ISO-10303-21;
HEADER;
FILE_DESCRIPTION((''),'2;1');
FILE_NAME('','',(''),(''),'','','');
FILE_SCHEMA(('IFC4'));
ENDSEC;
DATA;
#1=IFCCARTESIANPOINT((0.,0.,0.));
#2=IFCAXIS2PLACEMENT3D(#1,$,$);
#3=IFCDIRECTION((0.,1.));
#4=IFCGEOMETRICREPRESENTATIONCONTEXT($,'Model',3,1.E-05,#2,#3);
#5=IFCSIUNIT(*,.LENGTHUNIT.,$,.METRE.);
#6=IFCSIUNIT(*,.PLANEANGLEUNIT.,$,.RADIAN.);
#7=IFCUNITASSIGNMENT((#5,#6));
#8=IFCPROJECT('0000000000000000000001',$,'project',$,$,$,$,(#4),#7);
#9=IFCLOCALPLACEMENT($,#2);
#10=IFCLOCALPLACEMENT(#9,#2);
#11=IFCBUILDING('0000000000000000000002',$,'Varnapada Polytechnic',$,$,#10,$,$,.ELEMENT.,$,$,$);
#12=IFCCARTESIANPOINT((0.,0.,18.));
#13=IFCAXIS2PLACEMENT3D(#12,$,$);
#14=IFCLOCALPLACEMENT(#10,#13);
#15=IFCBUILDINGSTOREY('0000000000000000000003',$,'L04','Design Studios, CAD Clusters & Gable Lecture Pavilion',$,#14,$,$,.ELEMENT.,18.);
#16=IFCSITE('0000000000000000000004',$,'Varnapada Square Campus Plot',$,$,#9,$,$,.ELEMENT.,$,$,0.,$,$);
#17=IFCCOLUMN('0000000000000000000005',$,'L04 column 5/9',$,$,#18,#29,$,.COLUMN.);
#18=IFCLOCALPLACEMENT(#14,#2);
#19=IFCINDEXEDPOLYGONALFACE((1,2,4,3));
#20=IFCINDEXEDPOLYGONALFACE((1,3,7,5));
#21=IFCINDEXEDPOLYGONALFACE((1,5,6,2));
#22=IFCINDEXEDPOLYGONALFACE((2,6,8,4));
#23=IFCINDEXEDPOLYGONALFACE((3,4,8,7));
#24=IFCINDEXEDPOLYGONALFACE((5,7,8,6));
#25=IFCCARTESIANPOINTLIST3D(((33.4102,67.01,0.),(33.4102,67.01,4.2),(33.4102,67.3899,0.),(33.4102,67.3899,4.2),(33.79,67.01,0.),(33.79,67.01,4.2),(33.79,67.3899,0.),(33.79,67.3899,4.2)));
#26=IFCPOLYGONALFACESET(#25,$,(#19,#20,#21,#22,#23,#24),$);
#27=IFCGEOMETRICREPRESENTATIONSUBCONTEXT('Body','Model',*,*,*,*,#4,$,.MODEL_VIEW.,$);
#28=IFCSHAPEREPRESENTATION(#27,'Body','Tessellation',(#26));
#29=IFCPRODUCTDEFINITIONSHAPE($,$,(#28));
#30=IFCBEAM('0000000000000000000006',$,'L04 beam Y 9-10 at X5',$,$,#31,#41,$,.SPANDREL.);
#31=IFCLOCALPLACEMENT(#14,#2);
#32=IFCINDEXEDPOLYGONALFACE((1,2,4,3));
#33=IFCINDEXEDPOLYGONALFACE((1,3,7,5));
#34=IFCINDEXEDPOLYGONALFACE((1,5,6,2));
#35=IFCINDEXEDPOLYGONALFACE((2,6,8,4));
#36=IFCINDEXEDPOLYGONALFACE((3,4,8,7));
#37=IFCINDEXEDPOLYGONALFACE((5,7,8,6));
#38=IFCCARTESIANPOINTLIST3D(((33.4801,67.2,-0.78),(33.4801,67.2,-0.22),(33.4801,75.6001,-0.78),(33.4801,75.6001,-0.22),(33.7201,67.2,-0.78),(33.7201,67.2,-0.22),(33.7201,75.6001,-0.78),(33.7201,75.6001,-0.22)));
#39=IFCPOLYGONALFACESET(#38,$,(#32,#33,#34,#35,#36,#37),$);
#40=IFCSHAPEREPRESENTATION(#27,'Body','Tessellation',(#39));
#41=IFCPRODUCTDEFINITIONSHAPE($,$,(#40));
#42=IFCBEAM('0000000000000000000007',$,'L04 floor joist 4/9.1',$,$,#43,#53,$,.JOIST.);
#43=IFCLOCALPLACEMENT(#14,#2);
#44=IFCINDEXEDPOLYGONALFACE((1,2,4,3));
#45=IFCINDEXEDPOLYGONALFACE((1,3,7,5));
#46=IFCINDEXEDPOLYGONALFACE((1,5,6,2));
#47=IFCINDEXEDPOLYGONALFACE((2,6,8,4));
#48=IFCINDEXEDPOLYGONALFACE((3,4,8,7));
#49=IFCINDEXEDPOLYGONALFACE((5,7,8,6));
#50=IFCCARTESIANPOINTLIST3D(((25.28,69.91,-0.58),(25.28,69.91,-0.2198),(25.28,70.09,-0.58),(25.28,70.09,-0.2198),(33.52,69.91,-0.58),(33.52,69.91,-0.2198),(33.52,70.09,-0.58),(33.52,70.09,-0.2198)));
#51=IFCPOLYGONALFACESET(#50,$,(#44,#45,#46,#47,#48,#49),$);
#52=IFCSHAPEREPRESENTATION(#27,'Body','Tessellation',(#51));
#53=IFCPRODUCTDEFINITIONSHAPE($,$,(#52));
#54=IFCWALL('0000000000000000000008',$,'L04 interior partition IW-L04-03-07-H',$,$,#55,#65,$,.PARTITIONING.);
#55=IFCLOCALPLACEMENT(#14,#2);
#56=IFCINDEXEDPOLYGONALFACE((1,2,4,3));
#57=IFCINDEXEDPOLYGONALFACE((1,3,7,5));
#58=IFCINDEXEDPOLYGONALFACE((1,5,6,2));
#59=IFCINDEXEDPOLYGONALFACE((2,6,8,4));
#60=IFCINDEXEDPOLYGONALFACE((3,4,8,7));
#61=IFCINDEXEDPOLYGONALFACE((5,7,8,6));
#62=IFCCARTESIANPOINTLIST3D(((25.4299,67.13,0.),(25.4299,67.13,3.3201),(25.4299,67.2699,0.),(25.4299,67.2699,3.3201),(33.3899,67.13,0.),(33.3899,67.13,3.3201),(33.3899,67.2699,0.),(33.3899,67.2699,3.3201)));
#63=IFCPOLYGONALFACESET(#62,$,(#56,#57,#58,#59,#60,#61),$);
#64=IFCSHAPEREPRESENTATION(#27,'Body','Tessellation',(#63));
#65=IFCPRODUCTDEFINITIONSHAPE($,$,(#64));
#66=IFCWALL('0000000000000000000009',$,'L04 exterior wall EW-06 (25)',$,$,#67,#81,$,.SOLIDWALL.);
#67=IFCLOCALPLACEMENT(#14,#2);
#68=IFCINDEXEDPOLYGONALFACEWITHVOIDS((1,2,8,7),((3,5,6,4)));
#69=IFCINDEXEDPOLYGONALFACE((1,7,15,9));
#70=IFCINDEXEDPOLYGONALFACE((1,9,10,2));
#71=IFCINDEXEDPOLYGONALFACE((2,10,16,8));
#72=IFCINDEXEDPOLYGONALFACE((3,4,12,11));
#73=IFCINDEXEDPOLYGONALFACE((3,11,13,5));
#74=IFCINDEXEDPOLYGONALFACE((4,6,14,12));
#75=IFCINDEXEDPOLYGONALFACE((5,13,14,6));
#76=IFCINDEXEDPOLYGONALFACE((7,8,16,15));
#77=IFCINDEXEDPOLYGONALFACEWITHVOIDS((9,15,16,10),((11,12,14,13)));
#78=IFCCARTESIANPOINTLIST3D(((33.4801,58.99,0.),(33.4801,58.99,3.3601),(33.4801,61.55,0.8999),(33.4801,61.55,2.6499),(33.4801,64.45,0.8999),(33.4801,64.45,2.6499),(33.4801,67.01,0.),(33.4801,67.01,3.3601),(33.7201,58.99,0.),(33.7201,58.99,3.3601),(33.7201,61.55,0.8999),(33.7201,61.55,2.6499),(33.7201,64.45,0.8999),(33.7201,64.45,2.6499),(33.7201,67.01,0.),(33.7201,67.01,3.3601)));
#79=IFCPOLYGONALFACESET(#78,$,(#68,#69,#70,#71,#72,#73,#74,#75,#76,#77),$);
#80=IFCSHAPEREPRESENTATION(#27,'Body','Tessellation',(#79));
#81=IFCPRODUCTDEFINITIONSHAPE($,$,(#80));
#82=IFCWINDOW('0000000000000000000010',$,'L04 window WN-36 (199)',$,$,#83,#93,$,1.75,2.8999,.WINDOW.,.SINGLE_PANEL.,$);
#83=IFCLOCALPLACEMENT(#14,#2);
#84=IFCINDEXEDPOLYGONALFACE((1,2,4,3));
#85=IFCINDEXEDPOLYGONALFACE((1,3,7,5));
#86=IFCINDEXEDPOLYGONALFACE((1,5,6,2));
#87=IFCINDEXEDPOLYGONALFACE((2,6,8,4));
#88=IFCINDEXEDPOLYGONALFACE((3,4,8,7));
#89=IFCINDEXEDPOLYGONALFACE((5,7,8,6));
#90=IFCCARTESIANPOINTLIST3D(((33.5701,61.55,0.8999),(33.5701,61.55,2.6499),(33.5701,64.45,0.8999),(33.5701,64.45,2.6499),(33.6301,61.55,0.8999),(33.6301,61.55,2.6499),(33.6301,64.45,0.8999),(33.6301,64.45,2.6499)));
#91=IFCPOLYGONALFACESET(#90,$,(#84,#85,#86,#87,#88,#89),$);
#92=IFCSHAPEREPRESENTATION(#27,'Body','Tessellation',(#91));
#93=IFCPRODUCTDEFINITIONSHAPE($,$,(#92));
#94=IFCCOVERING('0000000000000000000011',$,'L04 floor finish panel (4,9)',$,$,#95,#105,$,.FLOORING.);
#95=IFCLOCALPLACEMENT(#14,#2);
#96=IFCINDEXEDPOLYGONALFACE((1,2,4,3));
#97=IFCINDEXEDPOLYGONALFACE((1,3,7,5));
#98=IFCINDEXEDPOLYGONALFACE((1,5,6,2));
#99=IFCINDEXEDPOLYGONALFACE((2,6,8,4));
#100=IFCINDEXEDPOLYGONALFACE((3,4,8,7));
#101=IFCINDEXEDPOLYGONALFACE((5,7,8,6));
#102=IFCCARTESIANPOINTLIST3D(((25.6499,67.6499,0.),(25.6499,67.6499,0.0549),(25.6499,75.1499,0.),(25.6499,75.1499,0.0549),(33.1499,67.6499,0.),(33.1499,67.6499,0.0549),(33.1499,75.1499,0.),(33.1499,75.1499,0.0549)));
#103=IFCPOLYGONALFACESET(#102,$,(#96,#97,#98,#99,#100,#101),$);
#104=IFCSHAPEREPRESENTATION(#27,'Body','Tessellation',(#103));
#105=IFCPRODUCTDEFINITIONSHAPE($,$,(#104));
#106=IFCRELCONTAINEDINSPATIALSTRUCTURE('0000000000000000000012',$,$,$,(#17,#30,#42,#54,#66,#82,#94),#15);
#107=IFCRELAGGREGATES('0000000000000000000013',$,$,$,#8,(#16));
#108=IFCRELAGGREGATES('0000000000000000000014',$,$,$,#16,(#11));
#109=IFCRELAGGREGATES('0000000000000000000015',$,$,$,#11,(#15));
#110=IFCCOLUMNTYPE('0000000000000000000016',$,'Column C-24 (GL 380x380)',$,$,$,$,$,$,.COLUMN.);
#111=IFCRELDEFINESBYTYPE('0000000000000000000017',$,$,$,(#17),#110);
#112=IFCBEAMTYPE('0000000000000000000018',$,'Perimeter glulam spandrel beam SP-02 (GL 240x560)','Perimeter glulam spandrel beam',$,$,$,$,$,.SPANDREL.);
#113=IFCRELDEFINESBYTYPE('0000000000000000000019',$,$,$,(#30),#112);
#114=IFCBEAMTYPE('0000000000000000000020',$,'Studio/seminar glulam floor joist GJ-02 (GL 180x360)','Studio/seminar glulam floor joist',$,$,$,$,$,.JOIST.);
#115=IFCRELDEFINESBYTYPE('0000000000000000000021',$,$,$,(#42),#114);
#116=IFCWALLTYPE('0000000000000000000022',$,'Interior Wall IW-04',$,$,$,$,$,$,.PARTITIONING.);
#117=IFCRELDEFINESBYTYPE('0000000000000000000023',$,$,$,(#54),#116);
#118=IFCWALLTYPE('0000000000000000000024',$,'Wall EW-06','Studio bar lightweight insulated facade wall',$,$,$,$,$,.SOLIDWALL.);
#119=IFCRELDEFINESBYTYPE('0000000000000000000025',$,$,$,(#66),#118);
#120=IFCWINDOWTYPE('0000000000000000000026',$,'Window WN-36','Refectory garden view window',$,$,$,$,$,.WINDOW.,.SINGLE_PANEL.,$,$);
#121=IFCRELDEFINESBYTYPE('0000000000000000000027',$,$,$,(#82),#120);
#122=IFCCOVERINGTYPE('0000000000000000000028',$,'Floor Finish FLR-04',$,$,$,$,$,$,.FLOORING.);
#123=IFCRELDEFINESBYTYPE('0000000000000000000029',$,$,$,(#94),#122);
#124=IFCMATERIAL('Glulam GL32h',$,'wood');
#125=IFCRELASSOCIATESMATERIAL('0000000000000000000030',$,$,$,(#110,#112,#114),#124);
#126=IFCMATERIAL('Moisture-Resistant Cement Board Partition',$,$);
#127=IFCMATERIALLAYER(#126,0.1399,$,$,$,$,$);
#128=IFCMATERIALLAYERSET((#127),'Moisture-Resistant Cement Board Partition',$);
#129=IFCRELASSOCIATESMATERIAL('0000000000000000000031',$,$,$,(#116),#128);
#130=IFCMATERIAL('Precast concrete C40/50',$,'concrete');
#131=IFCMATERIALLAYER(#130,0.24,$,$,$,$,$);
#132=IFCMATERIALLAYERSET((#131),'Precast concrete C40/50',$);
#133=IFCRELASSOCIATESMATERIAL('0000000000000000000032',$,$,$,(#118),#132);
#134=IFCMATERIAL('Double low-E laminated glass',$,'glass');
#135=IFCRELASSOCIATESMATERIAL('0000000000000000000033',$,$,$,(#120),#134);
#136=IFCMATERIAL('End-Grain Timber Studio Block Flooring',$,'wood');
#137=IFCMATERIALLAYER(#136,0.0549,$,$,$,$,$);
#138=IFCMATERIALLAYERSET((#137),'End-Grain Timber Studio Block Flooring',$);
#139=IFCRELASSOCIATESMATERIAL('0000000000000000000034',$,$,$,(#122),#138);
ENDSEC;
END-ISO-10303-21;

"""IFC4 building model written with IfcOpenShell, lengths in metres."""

from ifc_helpers import new_model, si_unit, direction, frame, frame_2d, origin, origin_2d, place, context, subcontext, project, spatial, rectangle, extrude, material, layer, layer_set, material_profile, profile_set, type_object, element, fill, save


model = new_model("IFC4")

# Units and contexts
model_context = context("Model", 3, precision=1e-05, world=origin(), true_north=direction((0.0, 1.0)))
body_context = subcontext(model_context, "Body", "Model", "MODEL_VIEW")
ifc_project = project(units=[si_unit("LENGTHUNIT", "METRE"), si_unit("PLANEANGLEUNIT", "RADIAN")], contexts=[model_context])

# Site, building, storey
site_placement = place(None, origin())
site = spatial("IfcSite", under=ifc_project, at=site_placement, Name="Varnapada Square Campus Plot", CompositionType="ELEMENT", RefElevation=0.0)
building_placement = place(site_placement, origin())
building = spatial("IfcBuilding", under=site, at=building_placement, Name="Varnapada Polytechnic", CompositionType="ELEMENT")
storey_placement = place(building_placement, frame((0.0, 0.0, 18.0)))
storey = spatial("IfcBuildingStorey", under=building, at=storey_placement, Name="L04", Description="Design Studios, CAD Clusters & Gable Lecture Pavilion", CompositionType="ELEMENT", Elevation=18.0)

# Column
ifc_material_1 = material(Name="Glulam GL32h", Category="wood")
ifc_material_profile_1 = material_profile(ifc_material_1, rectangle(XDim=0.3799, YDim=0.3799, at=origin_2d()), Name="GL 380x380")
ifc_profile_set_1 = profile_set([ifc_material_profile_1], Name="Glulam GL32h")
column_type = type_object("IfcColumnType", Name="Column C-24 (GL 380x380)", PredefinedType="COLUMN", material=ifc_profile_set_1)
column_placement = place(storey_placement, frame((33.6001, 67.2, 0.0), z_axis=(0.0, 0.0, 1.0), x_axis=(1.0, 0.0, 0.0)))
element("IfcColumn", 1, at=column_placement, inside=storey, type_object=column_type, Name="L04 column 5/9", PredefinedType="COLUMN", context=body_context, shape_type="SweptSolid", body=[
    extrude(rectangle(XDim=0.3799, YDim=0.3799, at=origin_2d()), origin(), (0.0, 0.0, 1.0), 4.2),
])

# Beams
ifc_material_profile_2 = material_profile(ifc_material_1, rectangle(XDim=0.24, YDim=0.5601, at=origin_2d()), Name="GL 240x560")
ifc_profile_set_2 = profile_set([ifc_material_profile_2], Name="Glulam GL32h")
beam_type_1 = type_object("IfcBeamType", Name="Perimeter glulam spandrel beam SP-02 (GL 240x560)", Description="Perimeter glulam spandrel beam", PredefinedType="SPANDREL", material=ifc_profile_set_2)
beam_1_placement = place(storey_placement, frame((33.6001, 67.2, -0.5), z_axis=(0.0, 1.0, 0.0), x_axis=(-1.0, 0.0, 0.0)))
element("IfcBeam", 2, at=beam_1_placement, inside=storey, type_object=beam_type_1, Name="L04 beam Y 9-10 at X5", PredefinedType="SPANDREL", context=body_context, shape_type="SweptSolid", body=[
    extrude(rectangle(XDim=0.24, YDim=0.5601, at=origin_2d()), origin(), (0.0, 0.0, 1.0), 8.4001),
])
ifc_material_profile_3 = material_profile(ifc_material_1, rectangle(XDim=0.1799, YDim=0.3601, at=origin_2d()), Name="GL 180x360")
ifc_profile_set_3 = profile_set([ifc_material_profile_3], Name="Glulam GL32h")
beam_type_2 = type_object("IfcBeamType", Name="Studio/seminar glulam floor joist GJ-02 (GL 180x360)", Description="Studio/seminar glulam floor joist", PredefinedType="JOIST", material=ifc_profile_set_3)
beam_2_placement = place(storey_placement, frame((25.28, 70.0, -0.3999), z_axis=(1.0, 0.0, 0.0), x_axis=(0.0, 1.0, 0.0)))
element("IfcBeam", 3, at=beam_2_placement, inside=storey, type_object=beam_type_2, Name="L04 floor joist 4/9.1", PredefinedType="JOIST", context=body_context, shape_type="SweptSolid", body=[
    extrude(rectangle(XDim=0.1799, YDim=0.3601, at=origin_2d()), origin(), (0.0, 0.0, 1.0), 8.24),
])

# Wall
ifc_material_2 = material(Name="Moisture-Resistant Cement Board Partition")
ifc_layer_1 = layer(ifc_material_2, 0.1399)
ifc_layer_set_1 = layer_set([ifc_layer_1], Name="Moisture-Resistant Cement Board Partition")
wall_type_1 = type_object("IfcWallType", Name="Interior Wall IW-04", PredefinedType="PARTITIONING", material=ifc_layer_set_1)
wall_1_placement = place(storey_placement, frame((25.4299, 67.2, 0.0), z_axis=(0.0, 0.0, 1.0), x_axis=(1.0, 0.0, 0.0)))
element("IfcWall", 4, at=wall_1_placement, inside=storey, type_object=wall_type_1, Name="L04 interior partition IW-L04-03-07-H", PredefinedType="PARTITIONING", context=body_context, shape_type="SweptSolid", body=[
    extrude(rectangle(XDim=7.96, YDim=0.1399, at=frame_2d((3.98, 0.0))), origin(), (0.0, 0.0, 1.0), 3.3201),
])

# Wall, opening, window
ifc_material_3 = material(Name="Precast concrete C40/50", Category="concrete")
ifc_layer_2 = layer(ifc_material_3, 0.24)
ifc_layer_set_2 = layer_set([ifc_layer_2], Name="Precast concrete C40/50")
wall_type_2 = type_object("IfcWallType", Name="Wall EW-06", Description="Studio bar lightweight insulated facade wall", PredefinedType="SOLIDWALL", material=ifc_layer_set_2)
wall_2_placement = place(storey_placement, frame((33.6001, 67.01, 0.0), z_axis=(0.0, 0.0, 1.0), x_axis=(0.0, -1.0, 0.0)))
wall_2 = element("IfcWall", 5, at=wall_2_placement, inside=storey, type_object=wall_type_2, Name="L04 exterior wall EW-06 (25)", PredefinedType="SOLIDWALL", context=body_context, shape_type="SweptSolid", body=[
    extrude(rectangle(XDim=8.02, YDim=0.24, at=frame_2d((4.01, 0.0))), origin(), (0.0, 0.0, 1.0), 3.3601),
])
opening_1_placement = place(wall_2_placement, frame((2.5601, 0.0, 0.8999)))
opening_1 = element("IfcOpeningElement", 6, at=opening_1_placement, cuts=wall_2, PredefinedType="OPENING", context=body_context, shape_type="SweptSolid", body=[
    extrude(rectangle(XDim=2.8999, YDim=1.75, at=frame_2d((1.45, 0.875))), frame((0.0, 0.1299, 0.0), z_axis=(0.0, -1.0, 0.0), x_axis=(1.0, 0.0, 0.0)), (0.0, 0.0, 1.0), 0.26),
])
ifc_material_4 = material(Name="Double low-E laminated glass", Category="glass")
window_type = type_object("IfcWindowType", Name="Window WN-36", Description="Refectory garden view window", PartitioningType="SINGLE_PANEL", PredefinedType="WINDOW", material=ifc_material_4)
window_placement = place(opening_1_placement, origin())
window = element("IfcWindow", 7, at=window_placement, inside=storey, type_object=window_type, Name="L04 window WN-36 (199)", OverallHeight=1.75, OverallWidth=2.8999, PartitioningType="SINGLE_PANEL", PredefinedType="WINDOW", context=body_context, shape_type="SweptSolid", body=[
    extrude(rectangle(XDim=2.8999, YDim=1.75, at=frame_2d((1.45, 0.875))), frame((0.0, 0.03, 0.0), z_axis=(0.0, -1.0, 0.0), x_axis=(1.0, 0.0, 0.0)), (0.0, 0.0, 1.0), 0.0601),
])
fill(opening_1, window)

# Covering
ifc_material_5 = material(Name="End-Grain Timber Studio Block Flooring", Category="wood")
ifc_layer_3 = layer(ifc_material_5, 0.0549)
ifc_layer_set_3 = layer_set([ifc_layer_3], Name="End-Grain Timber Studio Block Flooring")
covering_type_1 = type_object("IfcCoveringType", Name="Floor Finish FLR-04", PredefinedType="FLOORING", material=ifc_layer_set_3)
covering_1_placement = place(storey_placement, frame((29.3999, 71.3999, 0.0), z_axis=(0.0, 0.0, 1.0), x_axis=(1.0, 0.0, 0.0)))
element("IfcCovering", 8, at=covering_1_placement, inside=storey, type_object=covering_type_1, Name="L04 floor finish panel (4,9)", PredefinedType="FLOORING", context=body_context, shape_type="SweptSolid", body=[
    extrude(rectangle(XDim=7.5, YDim=7.5, at=origin_2d()), origin(), (0.0, 0.0, 1.0), 0.0549),
])

save(model, "model.ifc")
